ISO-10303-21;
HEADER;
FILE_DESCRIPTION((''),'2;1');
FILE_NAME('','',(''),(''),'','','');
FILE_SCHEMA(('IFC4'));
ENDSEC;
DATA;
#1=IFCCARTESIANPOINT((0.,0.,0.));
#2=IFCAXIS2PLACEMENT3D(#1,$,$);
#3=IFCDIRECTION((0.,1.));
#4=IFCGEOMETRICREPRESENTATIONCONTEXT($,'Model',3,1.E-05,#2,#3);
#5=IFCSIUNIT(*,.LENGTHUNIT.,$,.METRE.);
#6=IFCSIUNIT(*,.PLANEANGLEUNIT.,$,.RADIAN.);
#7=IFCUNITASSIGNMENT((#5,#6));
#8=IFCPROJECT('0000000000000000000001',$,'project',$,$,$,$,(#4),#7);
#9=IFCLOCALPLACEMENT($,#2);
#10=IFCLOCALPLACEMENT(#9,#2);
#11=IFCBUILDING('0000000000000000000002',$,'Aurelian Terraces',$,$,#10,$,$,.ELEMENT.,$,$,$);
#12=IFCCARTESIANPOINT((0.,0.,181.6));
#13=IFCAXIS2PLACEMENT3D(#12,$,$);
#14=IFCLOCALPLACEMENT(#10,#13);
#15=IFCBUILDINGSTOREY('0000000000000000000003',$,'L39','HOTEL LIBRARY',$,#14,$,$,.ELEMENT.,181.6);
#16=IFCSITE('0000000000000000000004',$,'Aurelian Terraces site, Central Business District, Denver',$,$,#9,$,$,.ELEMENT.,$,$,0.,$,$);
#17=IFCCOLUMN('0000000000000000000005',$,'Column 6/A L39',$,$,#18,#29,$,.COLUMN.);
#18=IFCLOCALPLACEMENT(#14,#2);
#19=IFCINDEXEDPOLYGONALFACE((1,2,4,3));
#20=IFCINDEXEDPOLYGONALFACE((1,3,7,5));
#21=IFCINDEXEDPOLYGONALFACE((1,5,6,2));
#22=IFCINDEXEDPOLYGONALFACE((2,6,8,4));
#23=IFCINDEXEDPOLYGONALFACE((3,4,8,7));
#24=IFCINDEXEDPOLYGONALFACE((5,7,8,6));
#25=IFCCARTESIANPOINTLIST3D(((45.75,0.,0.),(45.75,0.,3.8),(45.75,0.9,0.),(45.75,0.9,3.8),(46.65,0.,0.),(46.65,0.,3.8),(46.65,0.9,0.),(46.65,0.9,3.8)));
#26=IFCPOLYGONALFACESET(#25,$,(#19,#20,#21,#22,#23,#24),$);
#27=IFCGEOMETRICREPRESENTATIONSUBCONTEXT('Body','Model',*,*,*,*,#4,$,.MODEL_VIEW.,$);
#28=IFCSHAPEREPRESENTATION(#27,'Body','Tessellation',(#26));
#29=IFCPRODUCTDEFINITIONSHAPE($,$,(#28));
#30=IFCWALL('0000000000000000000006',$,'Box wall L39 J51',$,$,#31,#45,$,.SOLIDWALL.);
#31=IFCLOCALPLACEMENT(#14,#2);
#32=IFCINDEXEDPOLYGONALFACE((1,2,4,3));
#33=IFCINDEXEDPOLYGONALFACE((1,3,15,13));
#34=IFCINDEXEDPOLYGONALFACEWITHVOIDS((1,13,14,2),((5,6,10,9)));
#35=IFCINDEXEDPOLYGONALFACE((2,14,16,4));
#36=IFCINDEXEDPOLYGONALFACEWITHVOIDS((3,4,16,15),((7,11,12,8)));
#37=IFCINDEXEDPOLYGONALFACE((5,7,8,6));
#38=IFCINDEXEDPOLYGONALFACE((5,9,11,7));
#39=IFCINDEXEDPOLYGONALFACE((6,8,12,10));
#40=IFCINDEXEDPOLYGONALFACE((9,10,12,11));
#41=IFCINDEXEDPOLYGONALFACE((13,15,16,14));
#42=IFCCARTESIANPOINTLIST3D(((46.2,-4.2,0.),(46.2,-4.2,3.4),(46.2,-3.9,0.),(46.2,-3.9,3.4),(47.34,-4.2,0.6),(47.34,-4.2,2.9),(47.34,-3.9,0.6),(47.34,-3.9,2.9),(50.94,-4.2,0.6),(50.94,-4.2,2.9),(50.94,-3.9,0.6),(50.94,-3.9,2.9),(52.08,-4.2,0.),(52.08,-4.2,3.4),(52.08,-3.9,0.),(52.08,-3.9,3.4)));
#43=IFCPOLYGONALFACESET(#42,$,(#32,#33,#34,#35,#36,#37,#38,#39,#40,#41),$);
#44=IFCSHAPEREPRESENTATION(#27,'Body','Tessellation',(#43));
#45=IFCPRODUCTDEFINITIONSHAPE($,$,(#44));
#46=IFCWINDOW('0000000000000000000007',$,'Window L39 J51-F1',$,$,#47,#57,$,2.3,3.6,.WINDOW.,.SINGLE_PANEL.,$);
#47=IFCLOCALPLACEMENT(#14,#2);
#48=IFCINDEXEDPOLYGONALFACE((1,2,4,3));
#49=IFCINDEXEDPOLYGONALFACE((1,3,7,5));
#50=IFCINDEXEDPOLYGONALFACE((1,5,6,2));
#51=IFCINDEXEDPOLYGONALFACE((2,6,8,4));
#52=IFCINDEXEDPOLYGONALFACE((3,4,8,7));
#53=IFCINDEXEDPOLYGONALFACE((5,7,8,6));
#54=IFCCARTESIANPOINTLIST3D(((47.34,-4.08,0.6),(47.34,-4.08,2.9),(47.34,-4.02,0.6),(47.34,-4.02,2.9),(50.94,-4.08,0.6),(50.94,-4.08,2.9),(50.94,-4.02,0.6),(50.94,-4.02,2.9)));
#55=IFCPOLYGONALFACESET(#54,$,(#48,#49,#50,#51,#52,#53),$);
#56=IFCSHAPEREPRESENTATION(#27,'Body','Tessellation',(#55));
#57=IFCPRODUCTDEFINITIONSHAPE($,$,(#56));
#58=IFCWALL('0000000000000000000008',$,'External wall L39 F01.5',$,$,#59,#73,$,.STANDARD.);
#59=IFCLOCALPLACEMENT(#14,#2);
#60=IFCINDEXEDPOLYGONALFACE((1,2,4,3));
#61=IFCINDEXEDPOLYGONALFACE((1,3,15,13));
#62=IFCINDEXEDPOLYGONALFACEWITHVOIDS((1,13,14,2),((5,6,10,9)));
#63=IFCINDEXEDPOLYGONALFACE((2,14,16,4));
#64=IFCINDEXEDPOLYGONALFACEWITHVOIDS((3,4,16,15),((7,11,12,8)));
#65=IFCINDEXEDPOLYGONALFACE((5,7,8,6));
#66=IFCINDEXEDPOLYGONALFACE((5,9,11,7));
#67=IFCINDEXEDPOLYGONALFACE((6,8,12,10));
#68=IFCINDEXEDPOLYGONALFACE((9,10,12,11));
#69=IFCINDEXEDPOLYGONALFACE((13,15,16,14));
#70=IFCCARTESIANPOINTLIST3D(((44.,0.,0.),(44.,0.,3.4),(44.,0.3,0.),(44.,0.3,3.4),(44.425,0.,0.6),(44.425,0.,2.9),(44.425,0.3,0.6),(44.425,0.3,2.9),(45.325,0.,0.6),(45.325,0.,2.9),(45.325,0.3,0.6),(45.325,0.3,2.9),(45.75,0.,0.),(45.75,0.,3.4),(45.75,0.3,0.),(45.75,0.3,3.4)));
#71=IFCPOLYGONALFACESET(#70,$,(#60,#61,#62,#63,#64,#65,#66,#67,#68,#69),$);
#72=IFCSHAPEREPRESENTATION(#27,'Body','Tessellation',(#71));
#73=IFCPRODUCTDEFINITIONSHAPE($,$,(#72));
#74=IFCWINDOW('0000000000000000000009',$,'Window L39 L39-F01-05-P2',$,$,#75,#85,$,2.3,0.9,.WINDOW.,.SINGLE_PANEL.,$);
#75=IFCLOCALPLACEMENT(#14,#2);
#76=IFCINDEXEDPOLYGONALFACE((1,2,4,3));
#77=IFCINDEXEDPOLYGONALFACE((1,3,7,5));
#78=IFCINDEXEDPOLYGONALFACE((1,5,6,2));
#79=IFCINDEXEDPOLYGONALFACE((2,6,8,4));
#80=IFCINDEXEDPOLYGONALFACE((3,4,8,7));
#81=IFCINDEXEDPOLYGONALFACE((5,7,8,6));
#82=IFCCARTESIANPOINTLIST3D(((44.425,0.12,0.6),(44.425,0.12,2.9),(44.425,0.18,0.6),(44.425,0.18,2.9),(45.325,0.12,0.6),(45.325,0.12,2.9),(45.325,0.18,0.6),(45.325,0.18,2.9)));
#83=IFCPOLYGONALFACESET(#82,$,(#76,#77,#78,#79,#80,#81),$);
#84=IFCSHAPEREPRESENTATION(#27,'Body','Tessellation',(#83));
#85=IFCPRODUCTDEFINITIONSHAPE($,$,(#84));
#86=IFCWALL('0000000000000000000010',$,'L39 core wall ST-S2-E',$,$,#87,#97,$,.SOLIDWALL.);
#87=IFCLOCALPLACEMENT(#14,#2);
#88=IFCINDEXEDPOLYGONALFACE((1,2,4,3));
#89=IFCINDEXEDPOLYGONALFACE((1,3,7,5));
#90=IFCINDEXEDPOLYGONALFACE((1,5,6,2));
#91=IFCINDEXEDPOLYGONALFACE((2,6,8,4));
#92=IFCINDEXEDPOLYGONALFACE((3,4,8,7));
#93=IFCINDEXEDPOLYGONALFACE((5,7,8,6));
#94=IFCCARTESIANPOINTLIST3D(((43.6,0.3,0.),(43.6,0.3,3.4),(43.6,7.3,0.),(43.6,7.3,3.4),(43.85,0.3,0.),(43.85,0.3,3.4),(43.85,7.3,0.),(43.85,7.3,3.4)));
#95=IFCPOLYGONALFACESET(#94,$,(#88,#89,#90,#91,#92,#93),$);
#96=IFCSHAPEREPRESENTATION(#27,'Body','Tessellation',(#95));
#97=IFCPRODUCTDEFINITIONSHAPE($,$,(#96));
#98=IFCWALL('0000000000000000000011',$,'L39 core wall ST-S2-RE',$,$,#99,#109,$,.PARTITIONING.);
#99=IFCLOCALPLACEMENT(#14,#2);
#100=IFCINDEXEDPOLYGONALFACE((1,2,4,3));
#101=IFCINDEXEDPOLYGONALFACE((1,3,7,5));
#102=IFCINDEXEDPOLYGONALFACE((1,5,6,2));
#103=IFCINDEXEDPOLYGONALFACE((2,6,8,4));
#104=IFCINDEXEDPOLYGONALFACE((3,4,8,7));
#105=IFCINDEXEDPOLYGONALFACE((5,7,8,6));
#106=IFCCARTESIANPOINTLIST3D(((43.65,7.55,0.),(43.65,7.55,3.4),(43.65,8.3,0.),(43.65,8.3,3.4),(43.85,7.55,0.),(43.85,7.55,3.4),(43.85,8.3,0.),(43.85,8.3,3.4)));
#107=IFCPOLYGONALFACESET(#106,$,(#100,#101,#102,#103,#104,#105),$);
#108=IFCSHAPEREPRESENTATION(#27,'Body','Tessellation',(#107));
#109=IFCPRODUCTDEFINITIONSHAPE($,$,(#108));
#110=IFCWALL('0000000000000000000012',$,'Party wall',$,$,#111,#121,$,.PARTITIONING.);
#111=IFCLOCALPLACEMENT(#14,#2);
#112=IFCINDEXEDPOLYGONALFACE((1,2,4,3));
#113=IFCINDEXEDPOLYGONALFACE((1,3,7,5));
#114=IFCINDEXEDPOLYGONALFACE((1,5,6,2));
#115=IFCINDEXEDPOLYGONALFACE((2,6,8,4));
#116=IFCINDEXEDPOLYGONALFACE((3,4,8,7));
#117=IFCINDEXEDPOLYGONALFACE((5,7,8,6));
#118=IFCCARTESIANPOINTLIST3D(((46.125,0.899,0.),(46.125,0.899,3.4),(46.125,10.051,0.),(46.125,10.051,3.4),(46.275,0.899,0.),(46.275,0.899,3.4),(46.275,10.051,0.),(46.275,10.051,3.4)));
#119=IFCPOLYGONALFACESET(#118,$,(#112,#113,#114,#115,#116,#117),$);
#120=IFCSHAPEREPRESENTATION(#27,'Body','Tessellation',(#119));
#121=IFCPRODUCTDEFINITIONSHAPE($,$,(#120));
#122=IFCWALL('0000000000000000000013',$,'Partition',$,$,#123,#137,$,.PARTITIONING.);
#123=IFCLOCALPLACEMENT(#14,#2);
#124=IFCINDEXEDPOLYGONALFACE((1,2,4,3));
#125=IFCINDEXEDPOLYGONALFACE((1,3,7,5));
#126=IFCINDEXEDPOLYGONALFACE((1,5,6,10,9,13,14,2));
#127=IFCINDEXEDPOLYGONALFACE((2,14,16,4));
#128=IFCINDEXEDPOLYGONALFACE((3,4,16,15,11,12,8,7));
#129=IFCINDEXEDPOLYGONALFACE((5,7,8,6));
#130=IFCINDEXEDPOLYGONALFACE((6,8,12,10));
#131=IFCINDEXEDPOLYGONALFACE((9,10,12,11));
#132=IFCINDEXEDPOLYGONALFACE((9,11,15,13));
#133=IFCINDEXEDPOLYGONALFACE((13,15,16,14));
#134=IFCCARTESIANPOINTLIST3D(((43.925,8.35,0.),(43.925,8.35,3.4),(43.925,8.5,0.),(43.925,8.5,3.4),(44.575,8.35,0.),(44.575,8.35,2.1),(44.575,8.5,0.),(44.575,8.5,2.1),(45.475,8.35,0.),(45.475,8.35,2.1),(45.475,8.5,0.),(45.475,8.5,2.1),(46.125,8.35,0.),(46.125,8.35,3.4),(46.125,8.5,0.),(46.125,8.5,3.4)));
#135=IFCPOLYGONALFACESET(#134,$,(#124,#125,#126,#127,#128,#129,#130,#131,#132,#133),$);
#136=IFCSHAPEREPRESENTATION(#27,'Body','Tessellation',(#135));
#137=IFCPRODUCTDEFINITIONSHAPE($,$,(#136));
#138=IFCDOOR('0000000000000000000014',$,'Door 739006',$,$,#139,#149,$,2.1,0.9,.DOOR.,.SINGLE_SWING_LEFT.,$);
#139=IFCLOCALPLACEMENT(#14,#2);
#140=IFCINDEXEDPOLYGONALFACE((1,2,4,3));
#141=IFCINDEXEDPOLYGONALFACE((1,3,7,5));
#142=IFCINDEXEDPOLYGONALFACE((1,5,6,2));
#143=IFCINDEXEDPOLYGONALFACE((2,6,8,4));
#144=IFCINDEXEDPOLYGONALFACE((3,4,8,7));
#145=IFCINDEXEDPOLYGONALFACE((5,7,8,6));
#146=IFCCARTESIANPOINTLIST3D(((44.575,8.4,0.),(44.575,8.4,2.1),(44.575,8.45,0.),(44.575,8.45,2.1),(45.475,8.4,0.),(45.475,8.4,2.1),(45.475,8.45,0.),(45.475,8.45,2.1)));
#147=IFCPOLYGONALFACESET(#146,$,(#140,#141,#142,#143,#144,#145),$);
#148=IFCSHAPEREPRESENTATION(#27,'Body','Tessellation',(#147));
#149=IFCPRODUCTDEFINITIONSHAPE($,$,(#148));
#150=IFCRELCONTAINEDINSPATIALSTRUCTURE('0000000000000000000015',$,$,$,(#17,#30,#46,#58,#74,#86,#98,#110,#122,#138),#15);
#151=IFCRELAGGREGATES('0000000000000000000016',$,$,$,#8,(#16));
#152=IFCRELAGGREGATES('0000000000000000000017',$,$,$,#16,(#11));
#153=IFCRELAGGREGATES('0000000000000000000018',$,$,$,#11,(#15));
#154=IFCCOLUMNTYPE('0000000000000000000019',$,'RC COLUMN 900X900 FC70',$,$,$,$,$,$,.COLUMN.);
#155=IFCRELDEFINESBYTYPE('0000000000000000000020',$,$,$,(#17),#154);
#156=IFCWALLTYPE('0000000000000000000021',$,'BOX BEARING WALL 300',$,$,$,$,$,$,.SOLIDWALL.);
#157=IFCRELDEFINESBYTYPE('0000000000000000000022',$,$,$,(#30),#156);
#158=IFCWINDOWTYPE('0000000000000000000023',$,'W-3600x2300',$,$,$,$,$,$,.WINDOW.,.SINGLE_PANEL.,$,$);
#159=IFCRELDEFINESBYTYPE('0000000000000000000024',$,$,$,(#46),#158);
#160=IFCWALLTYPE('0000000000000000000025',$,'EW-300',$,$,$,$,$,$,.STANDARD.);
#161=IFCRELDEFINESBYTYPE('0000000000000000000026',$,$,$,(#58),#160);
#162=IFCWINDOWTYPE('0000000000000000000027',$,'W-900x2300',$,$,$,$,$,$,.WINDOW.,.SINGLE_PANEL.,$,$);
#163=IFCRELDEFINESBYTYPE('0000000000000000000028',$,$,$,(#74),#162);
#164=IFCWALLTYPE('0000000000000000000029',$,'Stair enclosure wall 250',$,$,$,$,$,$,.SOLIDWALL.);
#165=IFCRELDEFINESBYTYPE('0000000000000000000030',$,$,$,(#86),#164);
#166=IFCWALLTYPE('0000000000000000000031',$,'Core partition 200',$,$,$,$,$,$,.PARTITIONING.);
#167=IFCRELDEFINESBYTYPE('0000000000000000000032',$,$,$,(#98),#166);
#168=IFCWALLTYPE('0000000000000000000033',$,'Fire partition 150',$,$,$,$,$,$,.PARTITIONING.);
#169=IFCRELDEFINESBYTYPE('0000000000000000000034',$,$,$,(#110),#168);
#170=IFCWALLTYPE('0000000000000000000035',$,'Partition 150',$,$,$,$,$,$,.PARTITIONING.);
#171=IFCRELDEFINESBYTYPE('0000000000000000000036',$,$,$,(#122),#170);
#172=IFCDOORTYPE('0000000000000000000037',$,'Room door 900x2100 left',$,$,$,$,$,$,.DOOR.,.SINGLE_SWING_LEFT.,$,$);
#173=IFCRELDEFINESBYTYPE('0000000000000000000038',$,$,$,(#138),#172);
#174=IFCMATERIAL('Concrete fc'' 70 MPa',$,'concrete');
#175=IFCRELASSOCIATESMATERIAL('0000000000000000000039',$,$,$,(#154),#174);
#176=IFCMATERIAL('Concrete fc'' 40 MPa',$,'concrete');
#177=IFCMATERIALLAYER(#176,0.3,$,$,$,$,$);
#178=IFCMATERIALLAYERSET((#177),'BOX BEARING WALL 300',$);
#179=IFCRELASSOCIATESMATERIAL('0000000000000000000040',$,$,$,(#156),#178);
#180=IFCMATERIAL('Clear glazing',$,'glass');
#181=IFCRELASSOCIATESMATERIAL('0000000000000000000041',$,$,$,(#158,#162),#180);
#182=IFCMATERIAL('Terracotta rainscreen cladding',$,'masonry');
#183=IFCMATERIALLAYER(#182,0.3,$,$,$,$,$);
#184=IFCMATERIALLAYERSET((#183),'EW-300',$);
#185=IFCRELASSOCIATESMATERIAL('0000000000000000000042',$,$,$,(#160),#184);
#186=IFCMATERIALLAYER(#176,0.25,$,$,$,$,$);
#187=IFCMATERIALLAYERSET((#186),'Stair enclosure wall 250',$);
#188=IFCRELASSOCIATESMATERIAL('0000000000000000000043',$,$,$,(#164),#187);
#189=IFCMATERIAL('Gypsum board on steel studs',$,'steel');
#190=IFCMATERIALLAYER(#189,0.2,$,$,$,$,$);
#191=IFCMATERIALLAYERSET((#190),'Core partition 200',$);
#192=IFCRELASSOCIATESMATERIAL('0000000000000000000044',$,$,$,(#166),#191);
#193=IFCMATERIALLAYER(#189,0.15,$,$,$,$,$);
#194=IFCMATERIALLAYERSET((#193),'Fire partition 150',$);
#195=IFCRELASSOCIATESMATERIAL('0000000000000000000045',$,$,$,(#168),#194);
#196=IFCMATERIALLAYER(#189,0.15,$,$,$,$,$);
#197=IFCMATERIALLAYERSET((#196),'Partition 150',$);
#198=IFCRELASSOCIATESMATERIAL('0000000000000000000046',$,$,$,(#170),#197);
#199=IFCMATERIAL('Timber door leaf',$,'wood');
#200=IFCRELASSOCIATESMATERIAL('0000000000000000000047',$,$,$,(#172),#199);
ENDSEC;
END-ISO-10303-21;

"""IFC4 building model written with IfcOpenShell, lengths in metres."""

from ifc_helpers import new_model, si_unit, direction, frame, frame_2d, origin, origin_2d, place, context, subcontext, project, spatial, rectangle, extrude, source, transform, mapped, material, layer, layer_set, material_profile, profile_set, type_object, element, fill, save


model = new_model("IFC4")

# Units and contexts
model_context = context("Model", 3, precision=1e-05, world=origin(), true_north=direction((0.0, 1.0)))
body_context = subcontext(model_context, "Body", "Model", "MODEL_VIEW")
ifc_project = project(units=[si_unit("LENGTHUNIT", "METRE"), si_unit("PLANEANGLEUNIT", "RADIAN")], contexts=[model_context])

# Site, building, storey
site_placement = place(None, origin())
site = spatial("IfcSite", under=ifc_project, at=site_placement, Name="Aurelian Terraces site, Central Business District, Denver", CompositionType="ELEMENT", RefElevation=0.0)
building_placement = place(site_placement, origin())
building = spatial("IfcBuilding", under=site, at=building_placement, Name="Aurelian Terraces", CompositionType="ELEMENT")
storey_placement = place(building_placement, frame((0.0, 0.0, 181.6)))
storey = spatial("IfcBuildingStorey", under=building, at=storey_placement, Name="L39", Description="HOTEL LIBRARY", CompositionType="ELEMENT", Elevation=181.6)

# Column
ifc_material_1 = material(Name="Concrete fc' 70 MPa", Category="concrete")
ifc_material_profile = material_profile(ifc_material_1, rectangle(XDim=0.9, YDim=0.9, at=origin_2d()))
ifc_profile_set = profile_set([ifc_material_profile], Name="Concrete fc' 70 MPa")
column_type = type_object("IfcColumnType", Name="RC COLUMN 900X900 FC70", PredefinedType="COLUMN", material=ifc_profile_set)
shared_shape_1 = source(origin(), body_context, "Body", "SweptSolid", [
    extrude(rectangle(XDim=0.9, YDim=0.9, at=origin_2d()), origin(), (0.0, 0.0, 1.0), 3.8),
])
column_placement = place(storey_placement, frame((46.2, 0.45, 0.0), z_axis=(0.0, 0.0, 1.0), x_axis=(1.0, 0.0, 0.0)))
element("IfcColumn", 1, at=column_placement, inside=storey, type_object=column_type, Name="Column 6/A L39", PredefinedType="COLUMN", context=body_context, shape_type="MappedRepresentation", body=[
    mapped(shared_shape_1, transform((0.0, 0.0, 0.0), scale=1.0)),
])

# Walls, openings, windows
ifc_material_2 = material(Name="Concrete fc' 40 MPa", Category="concrete")
ifc_layer_1 = layer(ifc_material_2, 0.3)
ifc_layer_set_1 = layer_set([ifc_layer_1], Name="BOX BEARING WALL 300")
wall_type_1 = type_object("IfcWallType", Name="BOX BEARING WALL 300", PredefinedType="SOLIDWALL", material=ifc_layer_set_1)
wall_1_placement = place(storey_placement, frame((46.2, -4.05, 0.0), z_axis=(0.0, 0.0, 1.0), x_axis=(1.0, 0.0, 0.0)))
wall_1 = element("IfcWall", 2, at=wall_1_placement, inside=storey, type_object=wall_type_1, Name="Box wall L39 J51", PredefinedType="SOLIDWALL", context=body_context, shape_type="SweptSolid", body=[
    extrude(rectangle(XDim=5.88, YDim=0.3, at=frame_2d((2.94, 0.0))), origin(), (0.0, 0.0, 1.0), 3.4),
])
shared_shape_2 = source(origin(), body_context, "Body", "SweptSolid", [
    extrude(rectangle(XDim=3.6, YDim=2.3, at=frame_2d((1.8, 1.15))), frame((0.0, 0.16, 0.0), z_axis=(0.0, -1.0, 0.0), x_axis=(1.0, 0.0, 0.0)), (0.0, 0.0, 1.0), 0.32),
])
opening_1_placement = place(wall_1_placement, frame((1.14, 0.0, 0.6)))
opening_1 = element("IfcOpeningElement", 3, at=opening_1_placement, cuts=wall_1, PredefinedType="OPENING", context=body_context, shape_type="MappedRepresentation", body=[
    mapped(shared_shape_2, transform((0.0, 0.0, 0.0), scale=1.0)),
])
ifc_material_3 = material(Name="Clear glazing", Category="glass")
window_type_1 = type_object("IfcWindowType", Name="W-3600x2300", PartitioningType="SINGLE_PANEL", PredefinedType="WINDOW", material=ifc_material_3)
shared_shape_3 = source(origin(), body_context, "Body", "SweptSolid", [
    extrude(rectangle(XDim=3.6, YDim=2.3, at=frame_2d((1.8, 1.15))), frame((0.0, 0.03, 0.0), z_axis=(0.0, -1.0, 0.0), x_axis=(1.0, 0.0, 0.0)), (0.0, 0.0, 1.0), 0.06),
])
window_1_placement = place(opening_1_placement, origin())
window_1 = element("IfcWindow", 4, at=window_1_placement, inside=storey, type_object=window_type_1, Name="Window L39 J51-F1", OverallHeight=2.3, OverallWidth=3.6, PartitioningType="SINGLE_PANEL", PredefinedType="WINDOW", context=body_context, shape_type="MappedRepresentation", body=[
    mapped(shared_shape_3, transform((0.0, 0.0, 0.0), scale=1.0)),
])
fill(opening_1, window_1)
ifc_material_4 = material(Name="Terracotta rainscreen cladding", Category="masonry")
ifc_layer_2 = layer(ifc_material_4, 0.3)
ifc_layer_set_2 = layer_set([ifc_layer_2], Name="EW-300")
wall_type_2 = type_object("IfcWallType", Name="EW-300", PredefinedType="STANDARD", material=ifc_layer_set_2)
shared_shape_4 = source(origin(), body_context, "Body", "SweptSolid", [
    extrude(rectangle(XDim=1.75, YDim=0.3, at=frame_2d((0.875, 0.0))), origin(), (0.0, 0.0, 1.0), 3.4),
])
wall_2_placement = place(storey_placement, frame((44.0, 0.15, 0.0), z_axis=(0.0, 0.0, 1.0), x_axis=(1.0, 0.0, 0.0)))
wall_2 = element("IfcWall", 5, at=wall_2_placement, inside=storey, type_object=wall_type_2, Name="External wall L39 F01.5", PredefinedType="STANDARD", context=body_context, shape_type="MappedRepresentation", body=[
    mapped(shared_shape_4, transform((0.0, 0.0, 0.0), scale=1.0)),
])
shared_shape_5 = source(origin(), body_context, "Body", "SweptSolid", [
    extrude(rectangle(XDim=0.9, YDim=2.3, at=frame_2d((0.45, 1.15))), frame((0.0, 0.16, 0.0), z_axis=(0.0, -1.0, 0.0), x_axis=(1.0, 0.0, 0.0)), (0.0, 0.0, 1.0), 0.32),
])
opening_2_placement = place(wall_2_placement, frame((0.425, 0.0, 0.6)))
opening_2 = element("IfcOpeningElement", 6, at=opening_2_placement, cuts=wall_2, PredefinedType="OPENING", context=body_context, shape_type="MappedRepresentation", body=[
    mapped(shared_shape_5, transform((0.0, 0.0, 0.0), scale=1.0)),
])
window_type_2 = type_object("IfcWindowType", Name="W-900x2300", PartitioningType="SINGLE_PANEL", PredefinedType="WINDOW", material=ifc_material_3)
shared_shape_6 = source(origin(), body_context, "Body", "SweptSolid", [
    extrude(rectangle(XDim=0.9, YDim=2.3, at=frame_2d((0.45, 1.15))), frame((0.0, 0.03, 0.0), z_axis=(0.0, -1.0, 0.0), x_axis=(1.0, 0.0, 0.0)), (0.0, 0.0, 1.0), 0.06),
])
window_2_placement = place(opening_2_placement, origin())
window_2 = element("IfcWindow", 7, at=window_2_placement, inside=storey, type_object=window_type_2, Name="Window L39 L39-F01-05-P2", OverallHeight=2.3, OverallWidth=0.9, PartitioningType="SINGLE_PANEL", PredefinedType="WINDOW", context=body_context, shape_type="MappedRepresentation", body=[
    mapped(shared_shape_6, transform((0.0, 0.0, 0.0), scale=1.0)),
])
fill(opening_2, window_2)

# Walls
ifc_layer_3 = layer(ifc_material_2, 0.25)
ifc_layer_set_3 = layer_set([ifc_layer_3], Name="Stair enclosure wall 250")
wall_type_3 = type_object("IfcWallType", Name="Stair enclosure wall 250", PredefinedType="SOLIDWALL", material=ifc_layer_set_3)
shared_shape_7 = source(origin(), body_context, "Body", "SweptSolid", [
    extrude(rectangle(XDim=7.0, YDim=0.25, at=frame_2d((3.5, 0.0))), origin(), (0.0, 0.0, 1.0), 3.4),
])
wall_3_placement = place(storey_placement, frame((43.725, 0.3, 0.0), z_axis=(0.0, 0.0, 1.0), x_axis=(0.0, 1.0, 0.0)))
element("IfcWall", 8, at=wall_3_placement, inside=storey, type_object=wall_type_3, Name="L39 core wall ST-S2-E", PredefinedType="SOLIDWALL", context=body_context, shape_type="MappedRepresentation", body=[
    mapped(shared_shape_7, transform((0.0, 0.0, 0.0), scale=1.0)),
])
ifc_material_5 = material(Name="Gypsum board on steel studs", Category="steel")
ifc_layer_4 = layer(ifc_material_5, 0.2)
ifc_layer_set_4 = layer_set([ifc_layer_4], Name="Core partition 200")
wall_type_4 = type_object("IfcWallType", Name="Core partition 200", PredefinedType="PARTITIONING", material=ifc_layer_set_4)
shared_shape_8 = source(origin(), body_context, "Body", "SweptSolid", [
    extrude(rectangle(XDim=0.75, YDim=0.2, at=frame_2d((0.375, 0.0))), origin(), (0.0, 0.0, 1.0), 3.4),
])
wall_4_placement = place(storey_placement, frame((43.75, 7.55, 0.0), z_axis=(0.0, 0.0, 1.0), x_axis=(0.0, 1.0, 0.0)))
element("IfcWall", 9, at=wall_4_placement, inside=storey, type_object=wall_type_4, Name="L39 core wall ST-S2-RE", PredefinedType="PARTITIONING", context=body_context, shape_type="MappedRepresentation", body=[
    mapped(shared_shape_8, transform((0.0, 0.0, 0.0), scale=1.0)),
])
ifc_layer_5 = layer(ifc_material_5, 0.15)
ifc_layer_set_5 = layer_set([ifc_layer_5], Name="Fire partition 150")
wall_type_5 = type_object("IfcWallType", Name="Fire partition 150", PredefinedType="PARTITIONING", material=ifc_layer_set_5)
shared_shape_9 = source(origin(), body_context, "Body", "SweptSolid", [
    extrude(rectangle(XDim=9.152, YDim=0.15, at=frame_2d((4.576, 0.0))), origin(), (0.0, 0.0, 1.0), 3.4),
])
wall_5_placement = place(storey_placement, frame((46.2, 0.899, 0.0), z_axis=(0.0, 0.0, 1.0), x_axis=(0.0, 1.0, 0.0)))
element("IfcWall", 10, at=wall_5_placement, inside=storey, type_object=wall_type_5, Name="Party wall", PredefinedType="PARTITIONING", context=body_context, shape_type="MappedRepresentation", body=[
    mapped(shared_shape_9, transform((0.0, 0.0, 0.0), scale=1.0)),
])

# Wall, opening, door
ifc_layer_6 = layer(ifc_material_5, 0.15)
ifc_layer_set_6 = layer_set([ifc_layer_6], Name="Partition 150")
wall_type_6 = type_object("IfcWallType", Name="Partition 150", PredefinedType="PARTITIONING", material=ifc_layer_set_6)
shared_shape_10 = source(origin(), body_context, "Body", "SweptSolid", [
    extrude(rectangle(XDim=2.2, YDim=0.15, at=frame_2d((1.1, 0.0))), origin(), (0.0, 0.0, 1.0), 3.4),
])
wall_6_placement = place(storey_placement, frame((46.125, 8.425, 0.0), z_axis=(0.0, 0.0, 1.0), x_axis=(-1.0, 0.0, 0.0)))
wall_6 = element("IfcWall", 11, at=wall_6_placement, inside=storey, type_object=wall_type_6, Name="Partition", PredefinedType="PARTITIONING", context=body_context, shape_type="MappedRepresentation", body=[
    mapped(shared_shape_10, transform((0.0, 0.0, 0.0), scale=1.0)),
])
shared_shape_11 = source(origin(), body_context, "Body", "SweptSolid", [
    extrude(rectangle(XDim=0.9, YDim=2.1, at=frame_2d((0.45, 1.05))), frame((0.0, 0.085, 0.0), z_axis=(0.0, -1.0, 0.0), x_axis=(1.0, 0.0, 0.0)), (0.0, 0.0, 1.0), 0.17),
])
opening_3_placement = place(wall_6_placement, frame((0.65, 0.0, 0.0)))
opening_3 = element("IfcOpeningElement", 12, at=opening_3_placement, cuts=wall_6, PredefinedType="OPENING", context=body_context, shape_type="MappedRepresentation", body=[
    mapped(shared_shape_11, transform((0.0, 0.0, 0.0), scale=1.0)),
])
ifc_material_6 = material(Name="Timber door leaf", Category="wood")
door_type = type_object("IfcDoorType", Name="Room door 900x2100 left", OperationType="SINGLE_SWING_LEFT", PredefinedType="DOOR", material=ifc_material_6)
shared_shape_12 = source(origin(), body_context, "Body", "SweptSolid", [
    extrude(rectangle(XDim=0.9, YDim=2.1, at=frame_2d((0.45, 1.05))), frame((0.0, 0.025, 0.0), z_axis=(0.0, -1.0, 0.0), x_axis=(1.0, 0.0, 0.0)), (0.0, 0.0, 1.0), 0.05),
])
door_placement = place(opening_3_placement, origin())
door = element("IfcDoor", 13, at=door_placement, inside=storey, type_object=door_type, Name="Door 739006", OperationType="SINGLE_SWING_LEFT", OverallHeight=2.1, OverallWidth=0.9, PredefinedType="DOOR", context=body_context, shape_type="MappedRepresentation", body=[
    mapped(shared_shape_12, transform((0.0, 0.0, 0.0), scale=1.0)),
])
fill(opening_3, door)

save(model, "model.ifc")
